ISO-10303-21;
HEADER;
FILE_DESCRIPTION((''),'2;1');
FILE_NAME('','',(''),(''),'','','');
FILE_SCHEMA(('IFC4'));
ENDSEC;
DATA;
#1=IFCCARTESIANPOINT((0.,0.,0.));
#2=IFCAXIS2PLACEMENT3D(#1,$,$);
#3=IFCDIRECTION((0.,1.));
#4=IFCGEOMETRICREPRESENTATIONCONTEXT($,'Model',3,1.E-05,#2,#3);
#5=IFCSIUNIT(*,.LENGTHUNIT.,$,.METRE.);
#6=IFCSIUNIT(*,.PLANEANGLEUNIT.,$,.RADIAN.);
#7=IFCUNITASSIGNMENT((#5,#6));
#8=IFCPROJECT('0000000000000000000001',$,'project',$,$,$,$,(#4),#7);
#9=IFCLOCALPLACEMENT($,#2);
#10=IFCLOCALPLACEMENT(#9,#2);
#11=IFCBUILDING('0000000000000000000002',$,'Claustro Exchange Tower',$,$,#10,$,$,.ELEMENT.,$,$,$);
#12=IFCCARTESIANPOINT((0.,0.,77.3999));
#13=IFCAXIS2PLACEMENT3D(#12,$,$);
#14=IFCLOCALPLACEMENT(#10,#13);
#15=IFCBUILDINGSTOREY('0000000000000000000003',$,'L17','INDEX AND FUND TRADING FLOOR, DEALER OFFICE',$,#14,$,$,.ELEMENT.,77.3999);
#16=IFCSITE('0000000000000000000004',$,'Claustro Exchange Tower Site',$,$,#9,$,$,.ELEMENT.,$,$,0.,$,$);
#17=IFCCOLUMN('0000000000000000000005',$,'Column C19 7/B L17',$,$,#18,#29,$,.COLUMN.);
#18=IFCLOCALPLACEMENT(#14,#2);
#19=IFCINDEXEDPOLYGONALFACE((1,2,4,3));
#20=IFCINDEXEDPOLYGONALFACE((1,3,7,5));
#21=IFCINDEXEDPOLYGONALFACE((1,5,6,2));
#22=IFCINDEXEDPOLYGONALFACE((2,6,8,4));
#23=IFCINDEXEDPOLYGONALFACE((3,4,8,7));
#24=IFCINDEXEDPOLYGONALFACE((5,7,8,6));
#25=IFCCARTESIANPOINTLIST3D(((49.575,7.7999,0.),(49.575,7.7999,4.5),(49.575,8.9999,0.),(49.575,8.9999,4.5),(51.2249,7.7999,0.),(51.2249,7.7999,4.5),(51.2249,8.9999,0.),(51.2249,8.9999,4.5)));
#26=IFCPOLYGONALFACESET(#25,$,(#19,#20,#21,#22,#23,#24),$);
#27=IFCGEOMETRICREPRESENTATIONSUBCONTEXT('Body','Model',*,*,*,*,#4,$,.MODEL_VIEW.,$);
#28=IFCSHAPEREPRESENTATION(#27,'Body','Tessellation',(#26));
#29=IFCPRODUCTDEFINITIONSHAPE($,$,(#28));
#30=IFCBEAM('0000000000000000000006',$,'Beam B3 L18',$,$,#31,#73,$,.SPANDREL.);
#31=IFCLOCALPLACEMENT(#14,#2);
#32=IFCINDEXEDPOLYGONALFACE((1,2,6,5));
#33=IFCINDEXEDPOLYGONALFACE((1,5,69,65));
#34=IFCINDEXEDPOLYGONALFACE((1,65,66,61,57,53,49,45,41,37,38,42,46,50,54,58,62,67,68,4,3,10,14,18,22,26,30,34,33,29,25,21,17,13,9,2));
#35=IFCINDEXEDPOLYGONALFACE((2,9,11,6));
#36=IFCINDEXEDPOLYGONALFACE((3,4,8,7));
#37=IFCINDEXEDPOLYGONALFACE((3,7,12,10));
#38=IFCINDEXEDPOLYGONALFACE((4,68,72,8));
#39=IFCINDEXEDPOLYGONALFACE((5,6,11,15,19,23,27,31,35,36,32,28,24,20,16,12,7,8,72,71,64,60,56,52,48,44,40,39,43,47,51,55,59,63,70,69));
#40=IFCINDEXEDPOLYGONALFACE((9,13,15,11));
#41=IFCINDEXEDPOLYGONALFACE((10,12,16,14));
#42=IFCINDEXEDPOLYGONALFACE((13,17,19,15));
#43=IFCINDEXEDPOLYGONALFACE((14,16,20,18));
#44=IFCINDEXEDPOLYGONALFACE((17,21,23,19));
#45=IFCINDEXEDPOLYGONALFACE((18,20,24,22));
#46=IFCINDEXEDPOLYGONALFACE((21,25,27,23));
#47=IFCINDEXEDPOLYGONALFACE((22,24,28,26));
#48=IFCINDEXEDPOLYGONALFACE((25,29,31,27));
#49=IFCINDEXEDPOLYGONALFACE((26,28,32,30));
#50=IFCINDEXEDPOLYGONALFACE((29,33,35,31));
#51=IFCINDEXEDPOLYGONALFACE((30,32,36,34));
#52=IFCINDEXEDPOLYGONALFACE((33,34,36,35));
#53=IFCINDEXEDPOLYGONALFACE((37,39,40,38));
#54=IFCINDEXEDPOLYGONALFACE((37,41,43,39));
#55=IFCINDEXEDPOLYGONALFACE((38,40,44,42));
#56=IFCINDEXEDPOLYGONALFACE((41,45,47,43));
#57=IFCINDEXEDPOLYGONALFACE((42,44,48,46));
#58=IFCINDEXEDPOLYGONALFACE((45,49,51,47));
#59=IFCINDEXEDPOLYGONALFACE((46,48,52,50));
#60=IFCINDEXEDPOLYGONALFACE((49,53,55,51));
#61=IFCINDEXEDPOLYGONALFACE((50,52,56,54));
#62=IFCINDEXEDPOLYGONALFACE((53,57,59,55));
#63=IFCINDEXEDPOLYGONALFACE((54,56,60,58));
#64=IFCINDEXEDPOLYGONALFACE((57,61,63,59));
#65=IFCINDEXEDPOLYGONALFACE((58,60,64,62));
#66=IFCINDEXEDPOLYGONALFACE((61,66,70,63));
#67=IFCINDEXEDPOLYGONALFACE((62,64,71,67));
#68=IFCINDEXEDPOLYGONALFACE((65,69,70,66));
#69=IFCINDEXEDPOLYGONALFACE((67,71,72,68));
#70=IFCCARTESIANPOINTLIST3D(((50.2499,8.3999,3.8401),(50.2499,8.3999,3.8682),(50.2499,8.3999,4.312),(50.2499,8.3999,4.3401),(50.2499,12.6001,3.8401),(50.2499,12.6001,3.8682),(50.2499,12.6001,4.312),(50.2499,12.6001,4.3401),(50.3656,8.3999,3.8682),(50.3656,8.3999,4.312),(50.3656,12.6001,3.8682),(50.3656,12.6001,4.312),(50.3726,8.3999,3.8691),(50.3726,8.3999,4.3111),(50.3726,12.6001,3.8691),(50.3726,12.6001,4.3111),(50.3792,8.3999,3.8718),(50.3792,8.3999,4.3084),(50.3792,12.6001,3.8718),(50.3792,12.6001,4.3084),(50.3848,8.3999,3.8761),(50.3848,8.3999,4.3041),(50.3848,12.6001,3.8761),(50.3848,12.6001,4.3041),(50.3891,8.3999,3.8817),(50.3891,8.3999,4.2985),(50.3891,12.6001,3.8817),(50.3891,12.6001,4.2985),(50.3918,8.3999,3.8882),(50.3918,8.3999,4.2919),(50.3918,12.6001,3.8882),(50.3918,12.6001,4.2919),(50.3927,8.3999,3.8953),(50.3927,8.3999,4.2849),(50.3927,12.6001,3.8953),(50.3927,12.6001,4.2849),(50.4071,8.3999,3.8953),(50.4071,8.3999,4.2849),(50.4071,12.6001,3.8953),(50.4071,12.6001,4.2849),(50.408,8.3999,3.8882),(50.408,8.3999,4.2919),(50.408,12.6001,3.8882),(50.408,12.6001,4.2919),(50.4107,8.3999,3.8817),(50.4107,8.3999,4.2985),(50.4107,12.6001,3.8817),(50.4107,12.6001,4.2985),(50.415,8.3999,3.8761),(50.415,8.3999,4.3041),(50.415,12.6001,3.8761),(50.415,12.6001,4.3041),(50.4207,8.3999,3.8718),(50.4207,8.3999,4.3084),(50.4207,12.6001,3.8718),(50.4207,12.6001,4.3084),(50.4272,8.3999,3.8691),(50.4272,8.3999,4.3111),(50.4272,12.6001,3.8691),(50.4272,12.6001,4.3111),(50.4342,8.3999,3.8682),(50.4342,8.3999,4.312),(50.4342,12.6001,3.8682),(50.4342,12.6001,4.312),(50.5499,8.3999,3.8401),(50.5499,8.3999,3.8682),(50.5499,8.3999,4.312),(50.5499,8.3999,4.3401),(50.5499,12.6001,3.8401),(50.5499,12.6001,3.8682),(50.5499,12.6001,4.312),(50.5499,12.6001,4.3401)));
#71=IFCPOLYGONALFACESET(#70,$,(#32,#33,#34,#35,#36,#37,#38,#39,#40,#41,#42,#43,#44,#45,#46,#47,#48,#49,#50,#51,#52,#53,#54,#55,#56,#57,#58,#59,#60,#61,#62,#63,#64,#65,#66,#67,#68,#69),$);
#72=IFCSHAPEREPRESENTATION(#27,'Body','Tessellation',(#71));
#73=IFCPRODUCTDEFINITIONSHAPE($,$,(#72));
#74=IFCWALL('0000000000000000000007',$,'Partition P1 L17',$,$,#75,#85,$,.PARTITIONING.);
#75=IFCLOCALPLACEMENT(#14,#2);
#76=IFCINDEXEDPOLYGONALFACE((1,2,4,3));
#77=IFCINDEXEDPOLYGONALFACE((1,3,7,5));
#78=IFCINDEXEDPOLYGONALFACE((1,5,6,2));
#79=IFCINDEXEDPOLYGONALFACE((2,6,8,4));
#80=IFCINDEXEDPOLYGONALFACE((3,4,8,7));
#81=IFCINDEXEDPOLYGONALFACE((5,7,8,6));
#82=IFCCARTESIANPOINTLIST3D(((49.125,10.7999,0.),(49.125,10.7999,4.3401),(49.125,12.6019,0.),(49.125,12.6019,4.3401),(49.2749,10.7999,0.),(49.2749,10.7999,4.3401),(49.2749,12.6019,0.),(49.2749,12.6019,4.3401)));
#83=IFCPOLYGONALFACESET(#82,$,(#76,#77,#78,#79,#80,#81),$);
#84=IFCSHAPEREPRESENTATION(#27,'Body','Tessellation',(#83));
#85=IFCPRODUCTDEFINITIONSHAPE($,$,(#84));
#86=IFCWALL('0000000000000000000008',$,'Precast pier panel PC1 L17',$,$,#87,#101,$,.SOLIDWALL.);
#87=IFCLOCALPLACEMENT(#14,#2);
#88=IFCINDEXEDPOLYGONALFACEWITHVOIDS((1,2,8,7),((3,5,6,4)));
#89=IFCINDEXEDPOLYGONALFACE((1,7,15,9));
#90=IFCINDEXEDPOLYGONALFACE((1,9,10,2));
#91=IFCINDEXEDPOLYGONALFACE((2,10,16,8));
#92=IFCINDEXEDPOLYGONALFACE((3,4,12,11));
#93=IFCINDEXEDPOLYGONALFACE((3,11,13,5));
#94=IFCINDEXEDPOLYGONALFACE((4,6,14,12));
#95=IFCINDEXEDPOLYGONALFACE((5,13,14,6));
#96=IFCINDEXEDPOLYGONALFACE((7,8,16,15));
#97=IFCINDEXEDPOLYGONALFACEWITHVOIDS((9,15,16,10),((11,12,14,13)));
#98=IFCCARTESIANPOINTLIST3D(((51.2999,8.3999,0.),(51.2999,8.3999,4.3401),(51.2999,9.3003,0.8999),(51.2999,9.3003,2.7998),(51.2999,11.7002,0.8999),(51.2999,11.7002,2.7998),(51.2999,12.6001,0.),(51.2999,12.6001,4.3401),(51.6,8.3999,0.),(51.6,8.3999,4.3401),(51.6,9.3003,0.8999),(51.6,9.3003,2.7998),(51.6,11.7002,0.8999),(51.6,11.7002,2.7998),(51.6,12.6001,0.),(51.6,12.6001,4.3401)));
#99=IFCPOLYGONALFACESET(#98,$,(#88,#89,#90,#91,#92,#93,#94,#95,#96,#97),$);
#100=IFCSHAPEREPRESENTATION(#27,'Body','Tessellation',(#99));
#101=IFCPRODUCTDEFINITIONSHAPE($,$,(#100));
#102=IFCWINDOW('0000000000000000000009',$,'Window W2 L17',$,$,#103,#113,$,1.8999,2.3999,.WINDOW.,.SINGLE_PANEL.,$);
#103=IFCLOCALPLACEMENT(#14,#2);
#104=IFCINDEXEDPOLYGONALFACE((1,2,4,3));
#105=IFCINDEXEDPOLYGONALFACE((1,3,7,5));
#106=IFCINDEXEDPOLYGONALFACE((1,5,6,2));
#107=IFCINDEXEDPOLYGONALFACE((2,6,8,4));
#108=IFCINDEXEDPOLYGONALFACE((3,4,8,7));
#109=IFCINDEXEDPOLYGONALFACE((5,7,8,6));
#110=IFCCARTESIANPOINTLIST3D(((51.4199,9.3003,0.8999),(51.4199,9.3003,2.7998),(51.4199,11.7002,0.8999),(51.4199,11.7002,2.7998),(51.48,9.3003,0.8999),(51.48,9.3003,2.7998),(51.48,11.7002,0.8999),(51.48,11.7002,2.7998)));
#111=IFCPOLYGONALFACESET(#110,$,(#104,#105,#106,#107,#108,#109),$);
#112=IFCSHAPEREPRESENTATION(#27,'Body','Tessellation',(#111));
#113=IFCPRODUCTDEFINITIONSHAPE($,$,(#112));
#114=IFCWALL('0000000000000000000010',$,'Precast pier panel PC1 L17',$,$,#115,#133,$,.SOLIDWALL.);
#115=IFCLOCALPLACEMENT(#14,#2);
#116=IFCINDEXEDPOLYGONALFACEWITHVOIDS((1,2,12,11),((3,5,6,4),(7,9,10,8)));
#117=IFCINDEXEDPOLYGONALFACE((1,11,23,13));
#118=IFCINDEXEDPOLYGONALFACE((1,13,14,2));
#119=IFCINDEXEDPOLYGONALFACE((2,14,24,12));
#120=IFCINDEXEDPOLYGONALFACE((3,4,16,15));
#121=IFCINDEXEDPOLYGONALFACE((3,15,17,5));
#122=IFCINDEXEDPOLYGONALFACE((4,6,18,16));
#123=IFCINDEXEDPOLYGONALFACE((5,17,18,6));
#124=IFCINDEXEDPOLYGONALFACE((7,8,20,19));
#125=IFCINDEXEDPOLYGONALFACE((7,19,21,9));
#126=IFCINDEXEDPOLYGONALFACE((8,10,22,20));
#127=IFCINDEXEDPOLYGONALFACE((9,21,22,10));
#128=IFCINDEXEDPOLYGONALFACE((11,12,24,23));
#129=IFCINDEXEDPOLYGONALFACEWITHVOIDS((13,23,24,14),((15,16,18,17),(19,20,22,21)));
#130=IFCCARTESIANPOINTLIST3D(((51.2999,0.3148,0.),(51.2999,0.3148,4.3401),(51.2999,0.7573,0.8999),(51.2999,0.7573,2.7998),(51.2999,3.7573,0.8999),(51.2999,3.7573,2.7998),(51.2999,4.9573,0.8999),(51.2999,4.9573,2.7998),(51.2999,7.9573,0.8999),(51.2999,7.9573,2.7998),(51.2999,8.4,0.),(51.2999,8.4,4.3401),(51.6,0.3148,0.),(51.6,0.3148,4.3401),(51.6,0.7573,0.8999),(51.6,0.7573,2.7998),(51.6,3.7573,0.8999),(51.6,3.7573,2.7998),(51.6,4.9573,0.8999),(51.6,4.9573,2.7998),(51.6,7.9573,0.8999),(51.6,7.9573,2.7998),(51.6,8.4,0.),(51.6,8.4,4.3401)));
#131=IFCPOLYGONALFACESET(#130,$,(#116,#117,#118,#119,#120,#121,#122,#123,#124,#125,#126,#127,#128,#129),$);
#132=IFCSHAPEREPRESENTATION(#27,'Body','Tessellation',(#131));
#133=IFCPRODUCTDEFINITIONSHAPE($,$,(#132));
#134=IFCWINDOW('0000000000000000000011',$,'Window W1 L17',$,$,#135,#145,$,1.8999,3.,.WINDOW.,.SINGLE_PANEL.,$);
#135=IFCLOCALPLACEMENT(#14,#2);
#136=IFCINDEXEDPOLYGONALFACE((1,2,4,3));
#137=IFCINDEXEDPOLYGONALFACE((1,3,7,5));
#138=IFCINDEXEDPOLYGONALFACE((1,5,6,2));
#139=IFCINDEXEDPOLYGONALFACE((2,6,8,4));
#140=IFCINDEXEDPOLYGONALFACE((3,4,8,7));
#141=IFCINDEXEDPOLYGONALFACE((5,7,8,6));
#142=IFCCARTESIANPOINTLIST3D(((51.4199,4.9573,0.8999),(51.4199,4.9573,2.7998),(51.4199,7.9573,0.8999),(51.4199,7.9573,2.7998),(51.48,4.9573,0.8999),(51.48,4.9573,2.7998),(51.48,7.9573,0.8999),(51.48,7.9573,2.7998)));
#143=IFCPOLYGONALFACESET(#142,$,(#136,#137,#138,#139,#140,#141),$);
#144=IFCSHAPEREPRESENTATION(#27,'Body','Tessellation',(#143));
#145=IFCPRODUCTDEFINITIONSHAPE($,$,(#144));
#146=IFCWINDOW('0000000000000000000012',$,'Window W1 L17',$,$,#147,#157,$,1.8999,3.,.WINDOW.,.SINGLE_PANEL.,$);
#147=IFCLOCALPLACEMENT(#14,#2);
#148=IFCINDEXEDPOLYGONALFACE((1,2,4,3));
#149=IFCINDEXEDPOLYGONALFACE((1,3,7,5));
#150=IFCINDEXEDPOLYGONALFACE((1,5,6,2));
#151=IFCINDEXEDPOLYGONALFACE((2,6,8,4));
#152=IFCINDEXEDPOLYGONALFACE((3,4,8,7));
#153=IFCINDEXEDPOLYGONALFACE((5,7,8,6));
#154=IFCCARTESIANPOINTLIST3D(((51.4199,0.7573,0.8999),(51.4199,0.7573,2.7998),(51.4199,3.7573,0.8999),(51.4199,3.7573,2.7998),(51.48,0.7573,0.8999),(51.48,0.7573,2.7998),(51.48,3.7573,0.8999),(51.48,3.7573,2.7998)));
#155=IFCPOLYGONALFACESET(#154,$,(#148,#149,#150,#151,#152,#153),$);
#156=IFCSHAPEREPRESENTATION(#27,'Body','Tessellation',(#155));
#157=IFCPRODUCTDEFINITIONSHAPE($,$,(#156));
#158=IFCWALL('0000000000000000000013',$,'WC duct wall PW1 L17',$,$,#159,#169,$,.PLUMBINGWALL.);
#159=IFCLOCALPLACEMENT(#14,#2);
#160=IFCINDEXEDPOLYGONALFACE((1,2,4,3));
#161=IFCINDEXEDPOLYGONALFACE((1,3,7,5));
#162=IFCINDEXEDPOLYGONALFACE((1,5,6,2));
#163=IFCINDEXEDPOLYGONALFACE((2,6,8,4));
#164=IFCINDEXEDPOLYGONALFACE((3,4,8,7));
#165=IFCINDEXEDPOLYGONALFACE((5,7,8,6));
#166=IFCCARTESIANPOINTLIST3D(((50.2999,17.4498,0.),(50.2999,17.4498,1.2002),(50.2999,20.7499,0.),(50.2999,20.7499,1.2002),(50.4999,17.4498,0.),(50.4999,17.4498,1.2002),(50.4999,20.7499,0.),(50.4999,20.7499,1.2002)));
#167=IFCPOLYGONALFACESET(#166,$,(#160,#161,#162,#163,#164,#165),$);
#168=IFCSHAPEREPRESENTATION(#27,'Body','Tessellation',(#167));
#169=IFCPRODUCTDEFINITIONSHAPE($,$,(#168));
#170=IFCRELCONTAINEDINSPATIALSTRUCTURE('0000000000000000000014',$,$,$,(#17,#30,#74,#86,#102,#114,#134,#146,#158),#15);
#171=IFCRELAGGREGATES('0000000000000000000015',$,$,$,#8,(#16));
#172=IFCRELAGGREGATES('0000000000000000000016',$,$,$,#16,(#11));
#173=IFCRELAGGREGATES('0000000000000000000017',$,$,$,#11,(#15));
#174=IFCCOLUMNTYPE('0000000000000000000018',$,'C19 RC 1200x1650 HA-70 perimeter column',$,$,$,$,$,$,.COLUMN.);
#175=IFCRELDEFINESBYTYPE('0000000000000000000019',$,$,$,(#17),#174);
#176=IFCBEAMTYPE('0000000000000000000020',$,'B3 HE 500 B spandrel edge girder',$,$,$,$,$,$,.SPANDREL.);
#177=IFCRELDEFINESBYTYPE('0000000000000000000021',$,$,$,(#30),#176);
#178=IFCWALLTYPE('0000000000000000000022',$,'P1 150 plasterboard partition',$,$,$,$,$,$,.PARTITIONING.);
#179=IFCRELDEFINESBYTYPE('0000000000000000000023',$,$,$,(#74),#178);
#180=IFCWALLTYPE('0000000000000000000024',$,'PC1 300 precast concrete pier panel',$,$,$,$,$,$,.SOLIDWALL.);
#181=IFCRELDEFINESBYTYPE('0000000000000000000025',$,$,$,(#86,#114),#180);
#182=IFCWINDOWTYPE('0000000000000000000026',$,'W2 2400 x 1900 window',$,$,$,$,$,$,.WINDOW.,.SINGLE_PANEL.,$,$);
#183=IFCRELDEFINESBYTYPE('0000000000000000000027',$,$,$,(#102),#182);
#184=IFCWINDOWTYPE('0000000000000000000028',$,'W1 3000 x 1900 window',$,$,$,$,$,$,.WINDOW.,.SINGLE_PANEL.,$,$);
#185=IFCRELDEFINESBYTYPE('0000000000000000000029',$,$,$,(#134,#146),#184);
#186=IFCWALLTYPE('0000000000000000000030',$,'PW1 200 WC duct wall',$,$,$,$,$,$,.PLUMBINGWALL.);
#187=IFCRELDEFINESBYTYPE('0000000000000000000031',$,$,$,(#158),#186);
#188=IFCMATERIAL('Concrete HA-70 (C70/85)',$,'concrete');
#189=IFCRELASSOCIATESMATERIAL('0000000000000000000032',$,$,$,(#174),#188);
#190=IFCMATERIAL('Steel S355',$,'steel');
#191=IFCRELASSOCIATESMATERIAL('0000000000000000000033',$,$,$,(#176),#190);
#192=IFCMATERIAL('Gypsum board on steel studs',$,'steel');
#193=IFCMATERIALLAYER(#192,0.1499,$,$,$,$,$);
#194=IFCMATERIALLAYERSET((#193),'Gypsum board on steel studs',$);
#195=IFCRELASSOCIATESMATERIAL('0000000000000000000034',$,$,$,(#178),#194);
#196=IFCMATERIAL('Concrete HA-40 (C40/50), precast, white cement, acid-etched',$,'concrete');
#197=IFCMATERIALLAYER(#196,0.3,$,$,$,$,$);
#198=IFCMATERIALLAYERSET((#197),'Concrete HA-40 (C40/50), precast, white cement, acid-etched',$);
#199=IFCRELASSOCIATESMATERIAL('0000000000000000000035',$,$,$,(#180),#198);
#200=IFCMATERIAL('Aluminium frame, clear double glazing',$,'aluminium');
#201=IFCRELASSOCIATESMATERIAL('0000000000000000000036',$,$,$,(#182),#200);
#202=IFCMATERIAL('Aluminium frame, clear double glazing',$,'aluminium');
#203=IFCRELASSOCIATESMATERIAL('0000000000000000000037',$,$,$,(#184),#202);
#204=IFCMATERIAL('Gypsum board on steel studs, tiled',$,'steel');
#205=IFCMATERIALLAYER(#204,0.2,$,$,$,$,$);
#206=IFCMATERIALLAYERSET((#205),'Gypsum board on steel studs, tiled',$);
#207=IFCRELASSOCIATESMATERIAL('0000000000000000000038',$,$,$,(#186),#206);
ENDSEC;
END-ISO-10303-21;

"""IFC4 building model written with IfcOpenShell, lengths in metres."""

from ifc_helpers import new_model, si_unit, direction, frame, frame_2d, origin, origin_2d, place, context, subcontext, project, spatial, rectangle, i_section, extrude, material, layer, layer_set, material_profile, profile_set, type_object, element, fill, save


model = new_model("IFC4")

# Units and contexts
model_context = context("Model", 3, precision=1e-05, world=origin(), true_north=direction((0.0, 1.0)))
body_context = subcontext(model_context, "Body", "Model", "MODEL_VIEW")
ifc_project = project(units=[si_unit("LENGTHUNIT", "METRE"), si_unit("PLANEANGLEUNIT", "RADIAN")], contexts=[model_context])

# Site, building, storey
site_placement = place(None, origin())
site = spatial("IfcSite", under=ifc_project, at=site_placement, Name="Claustro Exchange Tower Site", CompositionType="ELEMENT", RefElevation=0.0)
building_placement = place(site_placement, origin())
building = spatial("IfcBuilding", under=site, at=building_placement, Name="Claustro Exchange Tower", CompositionType="ELEMENT")
storey_placement = place(building_placement, frame((0.0, 0.0, 77.3999)))
storey = spatial("IfcBuildingStorey", under=building, at=storey_placement, Name="L17", Description="INDEX AND FUND TRADING FLOOR, DEALER OFFICE", CompositionType="ELEMENT", Elevation=77.3999)

# Column
ifc_material_1 = material(Name="Concrete HA-70 (C70/85)", Category="concrete")
ifc_material_profile_1 = material_profile(ifc_material_1, rectangle(XDim=1.2, YDim=1.6499, at=origin_2d()), Name="RC 1200x1650")
ifc_profile_set_1 = profile_set([ifc_material_profile_1], Name="Concrete HA-70 (C70/85)")
column_type = type_object("IfcColumnType", Name="C19 RC 1200x1650 HA-70 perimeter column", PredefinedType="COLUMN", material=ifc_profile_set_1)
column_placement = place(storey_placement, frame((50.3999, 8.3999, 0.0), z_axis=(0.0, 0.0, 1.0), x_axis=(0.0, 1.0, 0.0)))
element("IfcColumn", 1, at=column_placement, inside=storey, type_object=column_type, Name="Column C19 7/B L17", PredefinedType="COLUMN", context=body_context, shape_type="SweptSolid", body=[
    extrude(rectangle(XDim=1.2, YDim=1.6499, at=origin_2d()), origin(), (0.0, 0.0, 1.0), 4.5),
])

# Beam
ifc_material_2 = material(Name="Steel S355", Category="steel")
ifc_material_profile_2 = material_profile(ifc_material_2, i_section(OverallWidth=0.3, OverallDepth=0.5, WebThickness=0.0144, FlangeThickness=0.0281, FilletRadius=0.0271, at=origin_2d()), Name="HE 500 B")
ifc_profile_set_2 = profile_set([ifc_material_profile_2], Name="Steel S355")
beam_type = type_object("IfcBeamType", Name="B3 HE 500 B spandrel edge girder", PredefinedType="SPANDREL", material=ifc_profile_set_2)
beam_placement = place(storey_placement, frame((50.3999, 8.3999, 4.0901), z_axis=(0.0, 1.0, 0.0), x_axis=(-1.0, 0.0, 0.0)))
element("IfcBeam", 2, at=beam_placement, inside=storey, type_object=beam_type, Name="Beam B3 L18", PredefinedType="SPANDREL", context=body_context, shape_type="SweptSolid", body=[
    extrude(i_section(OverallWidth=0.3, OverallDepth=0.5, WebThickness=0.0144, FlangeThickness=0.0281, FilletRadius=0.0271, at=origin_2d()), origin(), (0.0, 0.0, 1.0), 4.2002),
])

# Wall
ifc_material_3 = material(Name="Gypsum board on steel studs", Category="steel")
ifc_layer_1 = layer(ifc_material_3, 0.1499)
ifc_layer_set_1 = layer_set([ifc_layer_1], Name="Gypsum board on steel studs")
wall_type_1 = type_object("IfcWallType", Name="P1 150 plasterboard partition", PredefinedType="PARTITIONING", material=ifc_layer_set_1)
wall_1_placement = place(storey_placement, frame((49.2, 10.8, 0.0), z_axis=(0.0, 0.0, 1.0), x_axis=(0.0, 1.0, 0.0)))
element("IfcWall", 3, at=wall_1_placement, inside=storey, type_object=wall_type_1, Name="Partition P1 L17", PredefinedType="PARTITIONING", context=body_context, shape_type="SweptSolid", body=[
    extrude(rectangle(XDim=1.802, YDim=0.1499, at=frame_2d((0.9009, 0.0))), origin(), (0.0, 0.0, 1.0), 4.3401),
])

# Wall, opening, window
ifc_material_4 = material(Name="Concrete HA-40 (C40/50), precast, white cement, acid-etched", Category="concrete")
ifc_layer_2 = layer(ifc_material_4, 0.3)
ifc_layer_set_2 = layer_set([ifc_layer_2], Name="Concrete HA-40 (C40/50), precast, white cement, acid-etched")
wall_type_2 = type_object("IfcWallType", Name="PC1 300 precast concrete pier panel", PredefinedType="SOLIDWALL", material=ifc_layer_set_2)
wall_2_placement = place(storey_placement, frame((51.45, 12.6001, 0.0), z_axis=(0.0, 0.0, 1.0), x_axis=(0.0, -1.0, 0.0)))
wall_2 = element("IfcWall", 4, at=wall_2_placement, inside=storey, type_object=wall_type_2, Name="Precast pier panel PC1 L17", PredefinedType="SOLIDWALL", context=body_context, shape_type="SweptSolid", body=[
    extrude(rectangle(XDim=4.2002, YDim=0.3, at=frame_2d((2.1001, 0.0))), origin(), (0.0, 0.0, 1.0), 4.3401),
])
opening_1_placement = place(wall_2_placement, frame((0.8999, 0.0, 0.8999)))
opening_1 = element("IfcOpeningElement", 5, at=opening_1_placement, cuts=wall_2, PredefinedType="OPENING", context=body_context, shape_type="SweptSolid", body=[
    extrude(rectangle(XDim=2.3999, YDim=1.8999, at=frame_2d((1.2, 0.95))), frame((0.0, 0.1599, 0.0), z_axis=(0.0, -1.0, 0.0), x_axis=(1.0, 0.0, 0.0)), (0.0, 0.0, 1.0), 0.3201),
])
ifc_material_5 = material(Name="Aluminium frame, clear double glazing", Category="aluminium")
window_type_1 = type_object("IfcWindowType", Name="W2 2400 x 1900 window", PartitioningType="SINGLE_PANEL", PredefinedType="WINDOW", material=ifc_material_5)
window_1_placement = place(opening_1_placement, origin())
window_1 = element("IfcWindow", 6, at=window_1_placement, inside=storey, type_object=window_type_1, Name="Window W2 L17", OverallHeight=1.8999, OverallWidth=2.3999, PartitioningType="SINGLE_PANEL", PredefinedType="WINDOW", context=body_context, shape_type="SweptSolid", body=[
    extrude(rectangle(XDim=2.3999, YDim=1.8999, at=frame_2d((1.2, 0.95))), frame((0.0, 0.03, 0.0), z_axis=(0.0, -1.0, 0.0), x_axis=(1.0, 0.0, 0.0)), (0.0, 0.0, 1.0), 0.0601),
])
fill(opening_1, window_1)

# Wall, openings, windows
wall_3_placement = place(storey_placement, frame((51.45, 8.3999, 0.0), z_axis=(0.0, 0.0, 1.0), x_axis=(0.0, -1.0, 0.0)))
wall_3 = element("IfcWall", 7, at=wall_3_placement, inside=storey, type_object=wall_type_2, Name="Precast pier panel PC1 L17", PredefinedType="SOLIDWALL", context=body_context, shape_type="SweptSolid", body=[
    extrude(rectangle(XDim=8.0852, YDim=0.3, at=frame_2d((4.0425, 0.0))), origin(), (0.0, 0.0, 1.0), 4.3401),
])
opening_2_placement = place(wall_3_placement, frame((0.4426, 0.0, 0.8999)))
opening_2 = element("IfcOpeningElement", 8, at=opening_2_placement, cuts=wall_3, PredefinedType="OPENING", context=body_context, shape_type="SweptSolid", body=[
    extrude(rectangle(XDim=3.0, YDim=1.8999, at=frame_2d((1.5, 0.95))), frame((0.0, 0.1599, 0.0), z_axis=(0.0, -1.0, 0.0), x_axis=(1.0, 0.0, 0.0)), (0.0, 0.0, 1.0), 0.3201),
])
opening_3_placement = place(wall_3_placement, frame((4.6426, 0.0, 0.8999)))
opening_3 = element("IfcOpeningElement", 9, at=opening_3_placement, cuts=wall_3, PredefinedType="OPENING", context=body_context, shape_type="SweptSolid", body=[
    extrude(rectangle(XDim=3.0, YDim=1.8999, at=frame_2d((1.5, 0.95))), frame((0.0, 0.1599, 0.0), z_axis=(0.0, -1.0, 0.0), x_axis=(1.0, 0.0, 0.0)), (0.0, 0.0, 1.0), 0.3201),
])
ifc_material_6 = material(Name="Aluminium frame, clear double glazing", Category="aluminium")
window_type_2 = type_object("IfcWindowType", Name="W1 3000 x 1900 window", PartitioningType="SINGLE_PANEL", PredefinedType="WINDOW", material=ifc_material_6)
window_2_placement = place(opening_2_placement, origin())
window_2 = element("IfcWindow", 10, at=window_2_placement, inside=storey, type_object=window_type_2, Name="Window W1 L17", OverallHeight=1.8999, OverallWidth=3.0, PartitioningType="SINGLE_PANEL", PredefinedType="WINDOW", context=body_context, shape_type="SweptSolid", body=[
    extrude(rectangle(XDim=3.0, YDim=1.8999, at=frame_2d((1.5, 0.95))), frame((0.0, 0.03, 0.0), z_axis=(0.0, -1.0, 0.0), x_axis=(1.0, 0.0, 0.0)), (0.0, 0.0, 1.0), 0.0601),
])
fill(opening_2, window_2)
window_3_placement = place(opening_3_placement, origin())
window_3 = element("IfcWindow", 11, at=window_3_placement, inside=storey, type_object=window_type_2, Name="Window W1 L17", OverallHeight=1.8999, OverallWidth=3.0, PartitioningType="SINGLE_PANEL", PredefinedType="WINDOW", context=body_context, shape_type="SweptSolid", body=[
    extrude(rectangle(XDim=3.0, YDim=1.8999, at=frame_2d((1.5, 0.95))), frame((0.0, 0.03, 0.0), z_axis=(0.0, -1.0, 0.0), x_axis=(1.0, 0.0, 0.0)), (0.0, 0.0, 1.0), 0.0601),
])
fill(opening_3, window_3)

# Wall
ifc_material_7 = material(Name="Gypsum board on steel studs, tiled", Category="steel")
ifc_layer_3 = layer(ifc_material_7, 0.2)
ifc_layer_set_3 = layer_set([ifc_layer_3], Name="Gypsum board on steel studs, tiled")
wall_type_3 = type_object("IfcWallType", Name="PW1 200 WC duct wall", PredefinedType="PLUMBINGWALL", material=ifc_layer_set_3)
wall_4_placement = place(storey_placement, frame((50.3999, 17.45, 0.0), z_axis=(0.0, 0.0, 1.0), x_axis=(0.0, 1.0, 0.0)))
element("IfcWall", 12, at=wall_4_placement, inside=storey, type_object=wall_type_3, Name="WC duct wall PW1 L17", PredefinedType="PLUMBINGWALL", context=body_context, shape_type="SweptSolid", body=[
    extrude(rectangle(XDim=3.3, YDim=0.2, at=frame_2d((1.6499, 0.0))), origin(), (0.0, 0.0, 1.0), 1.2002),
])

save(model, "model.ifc")
